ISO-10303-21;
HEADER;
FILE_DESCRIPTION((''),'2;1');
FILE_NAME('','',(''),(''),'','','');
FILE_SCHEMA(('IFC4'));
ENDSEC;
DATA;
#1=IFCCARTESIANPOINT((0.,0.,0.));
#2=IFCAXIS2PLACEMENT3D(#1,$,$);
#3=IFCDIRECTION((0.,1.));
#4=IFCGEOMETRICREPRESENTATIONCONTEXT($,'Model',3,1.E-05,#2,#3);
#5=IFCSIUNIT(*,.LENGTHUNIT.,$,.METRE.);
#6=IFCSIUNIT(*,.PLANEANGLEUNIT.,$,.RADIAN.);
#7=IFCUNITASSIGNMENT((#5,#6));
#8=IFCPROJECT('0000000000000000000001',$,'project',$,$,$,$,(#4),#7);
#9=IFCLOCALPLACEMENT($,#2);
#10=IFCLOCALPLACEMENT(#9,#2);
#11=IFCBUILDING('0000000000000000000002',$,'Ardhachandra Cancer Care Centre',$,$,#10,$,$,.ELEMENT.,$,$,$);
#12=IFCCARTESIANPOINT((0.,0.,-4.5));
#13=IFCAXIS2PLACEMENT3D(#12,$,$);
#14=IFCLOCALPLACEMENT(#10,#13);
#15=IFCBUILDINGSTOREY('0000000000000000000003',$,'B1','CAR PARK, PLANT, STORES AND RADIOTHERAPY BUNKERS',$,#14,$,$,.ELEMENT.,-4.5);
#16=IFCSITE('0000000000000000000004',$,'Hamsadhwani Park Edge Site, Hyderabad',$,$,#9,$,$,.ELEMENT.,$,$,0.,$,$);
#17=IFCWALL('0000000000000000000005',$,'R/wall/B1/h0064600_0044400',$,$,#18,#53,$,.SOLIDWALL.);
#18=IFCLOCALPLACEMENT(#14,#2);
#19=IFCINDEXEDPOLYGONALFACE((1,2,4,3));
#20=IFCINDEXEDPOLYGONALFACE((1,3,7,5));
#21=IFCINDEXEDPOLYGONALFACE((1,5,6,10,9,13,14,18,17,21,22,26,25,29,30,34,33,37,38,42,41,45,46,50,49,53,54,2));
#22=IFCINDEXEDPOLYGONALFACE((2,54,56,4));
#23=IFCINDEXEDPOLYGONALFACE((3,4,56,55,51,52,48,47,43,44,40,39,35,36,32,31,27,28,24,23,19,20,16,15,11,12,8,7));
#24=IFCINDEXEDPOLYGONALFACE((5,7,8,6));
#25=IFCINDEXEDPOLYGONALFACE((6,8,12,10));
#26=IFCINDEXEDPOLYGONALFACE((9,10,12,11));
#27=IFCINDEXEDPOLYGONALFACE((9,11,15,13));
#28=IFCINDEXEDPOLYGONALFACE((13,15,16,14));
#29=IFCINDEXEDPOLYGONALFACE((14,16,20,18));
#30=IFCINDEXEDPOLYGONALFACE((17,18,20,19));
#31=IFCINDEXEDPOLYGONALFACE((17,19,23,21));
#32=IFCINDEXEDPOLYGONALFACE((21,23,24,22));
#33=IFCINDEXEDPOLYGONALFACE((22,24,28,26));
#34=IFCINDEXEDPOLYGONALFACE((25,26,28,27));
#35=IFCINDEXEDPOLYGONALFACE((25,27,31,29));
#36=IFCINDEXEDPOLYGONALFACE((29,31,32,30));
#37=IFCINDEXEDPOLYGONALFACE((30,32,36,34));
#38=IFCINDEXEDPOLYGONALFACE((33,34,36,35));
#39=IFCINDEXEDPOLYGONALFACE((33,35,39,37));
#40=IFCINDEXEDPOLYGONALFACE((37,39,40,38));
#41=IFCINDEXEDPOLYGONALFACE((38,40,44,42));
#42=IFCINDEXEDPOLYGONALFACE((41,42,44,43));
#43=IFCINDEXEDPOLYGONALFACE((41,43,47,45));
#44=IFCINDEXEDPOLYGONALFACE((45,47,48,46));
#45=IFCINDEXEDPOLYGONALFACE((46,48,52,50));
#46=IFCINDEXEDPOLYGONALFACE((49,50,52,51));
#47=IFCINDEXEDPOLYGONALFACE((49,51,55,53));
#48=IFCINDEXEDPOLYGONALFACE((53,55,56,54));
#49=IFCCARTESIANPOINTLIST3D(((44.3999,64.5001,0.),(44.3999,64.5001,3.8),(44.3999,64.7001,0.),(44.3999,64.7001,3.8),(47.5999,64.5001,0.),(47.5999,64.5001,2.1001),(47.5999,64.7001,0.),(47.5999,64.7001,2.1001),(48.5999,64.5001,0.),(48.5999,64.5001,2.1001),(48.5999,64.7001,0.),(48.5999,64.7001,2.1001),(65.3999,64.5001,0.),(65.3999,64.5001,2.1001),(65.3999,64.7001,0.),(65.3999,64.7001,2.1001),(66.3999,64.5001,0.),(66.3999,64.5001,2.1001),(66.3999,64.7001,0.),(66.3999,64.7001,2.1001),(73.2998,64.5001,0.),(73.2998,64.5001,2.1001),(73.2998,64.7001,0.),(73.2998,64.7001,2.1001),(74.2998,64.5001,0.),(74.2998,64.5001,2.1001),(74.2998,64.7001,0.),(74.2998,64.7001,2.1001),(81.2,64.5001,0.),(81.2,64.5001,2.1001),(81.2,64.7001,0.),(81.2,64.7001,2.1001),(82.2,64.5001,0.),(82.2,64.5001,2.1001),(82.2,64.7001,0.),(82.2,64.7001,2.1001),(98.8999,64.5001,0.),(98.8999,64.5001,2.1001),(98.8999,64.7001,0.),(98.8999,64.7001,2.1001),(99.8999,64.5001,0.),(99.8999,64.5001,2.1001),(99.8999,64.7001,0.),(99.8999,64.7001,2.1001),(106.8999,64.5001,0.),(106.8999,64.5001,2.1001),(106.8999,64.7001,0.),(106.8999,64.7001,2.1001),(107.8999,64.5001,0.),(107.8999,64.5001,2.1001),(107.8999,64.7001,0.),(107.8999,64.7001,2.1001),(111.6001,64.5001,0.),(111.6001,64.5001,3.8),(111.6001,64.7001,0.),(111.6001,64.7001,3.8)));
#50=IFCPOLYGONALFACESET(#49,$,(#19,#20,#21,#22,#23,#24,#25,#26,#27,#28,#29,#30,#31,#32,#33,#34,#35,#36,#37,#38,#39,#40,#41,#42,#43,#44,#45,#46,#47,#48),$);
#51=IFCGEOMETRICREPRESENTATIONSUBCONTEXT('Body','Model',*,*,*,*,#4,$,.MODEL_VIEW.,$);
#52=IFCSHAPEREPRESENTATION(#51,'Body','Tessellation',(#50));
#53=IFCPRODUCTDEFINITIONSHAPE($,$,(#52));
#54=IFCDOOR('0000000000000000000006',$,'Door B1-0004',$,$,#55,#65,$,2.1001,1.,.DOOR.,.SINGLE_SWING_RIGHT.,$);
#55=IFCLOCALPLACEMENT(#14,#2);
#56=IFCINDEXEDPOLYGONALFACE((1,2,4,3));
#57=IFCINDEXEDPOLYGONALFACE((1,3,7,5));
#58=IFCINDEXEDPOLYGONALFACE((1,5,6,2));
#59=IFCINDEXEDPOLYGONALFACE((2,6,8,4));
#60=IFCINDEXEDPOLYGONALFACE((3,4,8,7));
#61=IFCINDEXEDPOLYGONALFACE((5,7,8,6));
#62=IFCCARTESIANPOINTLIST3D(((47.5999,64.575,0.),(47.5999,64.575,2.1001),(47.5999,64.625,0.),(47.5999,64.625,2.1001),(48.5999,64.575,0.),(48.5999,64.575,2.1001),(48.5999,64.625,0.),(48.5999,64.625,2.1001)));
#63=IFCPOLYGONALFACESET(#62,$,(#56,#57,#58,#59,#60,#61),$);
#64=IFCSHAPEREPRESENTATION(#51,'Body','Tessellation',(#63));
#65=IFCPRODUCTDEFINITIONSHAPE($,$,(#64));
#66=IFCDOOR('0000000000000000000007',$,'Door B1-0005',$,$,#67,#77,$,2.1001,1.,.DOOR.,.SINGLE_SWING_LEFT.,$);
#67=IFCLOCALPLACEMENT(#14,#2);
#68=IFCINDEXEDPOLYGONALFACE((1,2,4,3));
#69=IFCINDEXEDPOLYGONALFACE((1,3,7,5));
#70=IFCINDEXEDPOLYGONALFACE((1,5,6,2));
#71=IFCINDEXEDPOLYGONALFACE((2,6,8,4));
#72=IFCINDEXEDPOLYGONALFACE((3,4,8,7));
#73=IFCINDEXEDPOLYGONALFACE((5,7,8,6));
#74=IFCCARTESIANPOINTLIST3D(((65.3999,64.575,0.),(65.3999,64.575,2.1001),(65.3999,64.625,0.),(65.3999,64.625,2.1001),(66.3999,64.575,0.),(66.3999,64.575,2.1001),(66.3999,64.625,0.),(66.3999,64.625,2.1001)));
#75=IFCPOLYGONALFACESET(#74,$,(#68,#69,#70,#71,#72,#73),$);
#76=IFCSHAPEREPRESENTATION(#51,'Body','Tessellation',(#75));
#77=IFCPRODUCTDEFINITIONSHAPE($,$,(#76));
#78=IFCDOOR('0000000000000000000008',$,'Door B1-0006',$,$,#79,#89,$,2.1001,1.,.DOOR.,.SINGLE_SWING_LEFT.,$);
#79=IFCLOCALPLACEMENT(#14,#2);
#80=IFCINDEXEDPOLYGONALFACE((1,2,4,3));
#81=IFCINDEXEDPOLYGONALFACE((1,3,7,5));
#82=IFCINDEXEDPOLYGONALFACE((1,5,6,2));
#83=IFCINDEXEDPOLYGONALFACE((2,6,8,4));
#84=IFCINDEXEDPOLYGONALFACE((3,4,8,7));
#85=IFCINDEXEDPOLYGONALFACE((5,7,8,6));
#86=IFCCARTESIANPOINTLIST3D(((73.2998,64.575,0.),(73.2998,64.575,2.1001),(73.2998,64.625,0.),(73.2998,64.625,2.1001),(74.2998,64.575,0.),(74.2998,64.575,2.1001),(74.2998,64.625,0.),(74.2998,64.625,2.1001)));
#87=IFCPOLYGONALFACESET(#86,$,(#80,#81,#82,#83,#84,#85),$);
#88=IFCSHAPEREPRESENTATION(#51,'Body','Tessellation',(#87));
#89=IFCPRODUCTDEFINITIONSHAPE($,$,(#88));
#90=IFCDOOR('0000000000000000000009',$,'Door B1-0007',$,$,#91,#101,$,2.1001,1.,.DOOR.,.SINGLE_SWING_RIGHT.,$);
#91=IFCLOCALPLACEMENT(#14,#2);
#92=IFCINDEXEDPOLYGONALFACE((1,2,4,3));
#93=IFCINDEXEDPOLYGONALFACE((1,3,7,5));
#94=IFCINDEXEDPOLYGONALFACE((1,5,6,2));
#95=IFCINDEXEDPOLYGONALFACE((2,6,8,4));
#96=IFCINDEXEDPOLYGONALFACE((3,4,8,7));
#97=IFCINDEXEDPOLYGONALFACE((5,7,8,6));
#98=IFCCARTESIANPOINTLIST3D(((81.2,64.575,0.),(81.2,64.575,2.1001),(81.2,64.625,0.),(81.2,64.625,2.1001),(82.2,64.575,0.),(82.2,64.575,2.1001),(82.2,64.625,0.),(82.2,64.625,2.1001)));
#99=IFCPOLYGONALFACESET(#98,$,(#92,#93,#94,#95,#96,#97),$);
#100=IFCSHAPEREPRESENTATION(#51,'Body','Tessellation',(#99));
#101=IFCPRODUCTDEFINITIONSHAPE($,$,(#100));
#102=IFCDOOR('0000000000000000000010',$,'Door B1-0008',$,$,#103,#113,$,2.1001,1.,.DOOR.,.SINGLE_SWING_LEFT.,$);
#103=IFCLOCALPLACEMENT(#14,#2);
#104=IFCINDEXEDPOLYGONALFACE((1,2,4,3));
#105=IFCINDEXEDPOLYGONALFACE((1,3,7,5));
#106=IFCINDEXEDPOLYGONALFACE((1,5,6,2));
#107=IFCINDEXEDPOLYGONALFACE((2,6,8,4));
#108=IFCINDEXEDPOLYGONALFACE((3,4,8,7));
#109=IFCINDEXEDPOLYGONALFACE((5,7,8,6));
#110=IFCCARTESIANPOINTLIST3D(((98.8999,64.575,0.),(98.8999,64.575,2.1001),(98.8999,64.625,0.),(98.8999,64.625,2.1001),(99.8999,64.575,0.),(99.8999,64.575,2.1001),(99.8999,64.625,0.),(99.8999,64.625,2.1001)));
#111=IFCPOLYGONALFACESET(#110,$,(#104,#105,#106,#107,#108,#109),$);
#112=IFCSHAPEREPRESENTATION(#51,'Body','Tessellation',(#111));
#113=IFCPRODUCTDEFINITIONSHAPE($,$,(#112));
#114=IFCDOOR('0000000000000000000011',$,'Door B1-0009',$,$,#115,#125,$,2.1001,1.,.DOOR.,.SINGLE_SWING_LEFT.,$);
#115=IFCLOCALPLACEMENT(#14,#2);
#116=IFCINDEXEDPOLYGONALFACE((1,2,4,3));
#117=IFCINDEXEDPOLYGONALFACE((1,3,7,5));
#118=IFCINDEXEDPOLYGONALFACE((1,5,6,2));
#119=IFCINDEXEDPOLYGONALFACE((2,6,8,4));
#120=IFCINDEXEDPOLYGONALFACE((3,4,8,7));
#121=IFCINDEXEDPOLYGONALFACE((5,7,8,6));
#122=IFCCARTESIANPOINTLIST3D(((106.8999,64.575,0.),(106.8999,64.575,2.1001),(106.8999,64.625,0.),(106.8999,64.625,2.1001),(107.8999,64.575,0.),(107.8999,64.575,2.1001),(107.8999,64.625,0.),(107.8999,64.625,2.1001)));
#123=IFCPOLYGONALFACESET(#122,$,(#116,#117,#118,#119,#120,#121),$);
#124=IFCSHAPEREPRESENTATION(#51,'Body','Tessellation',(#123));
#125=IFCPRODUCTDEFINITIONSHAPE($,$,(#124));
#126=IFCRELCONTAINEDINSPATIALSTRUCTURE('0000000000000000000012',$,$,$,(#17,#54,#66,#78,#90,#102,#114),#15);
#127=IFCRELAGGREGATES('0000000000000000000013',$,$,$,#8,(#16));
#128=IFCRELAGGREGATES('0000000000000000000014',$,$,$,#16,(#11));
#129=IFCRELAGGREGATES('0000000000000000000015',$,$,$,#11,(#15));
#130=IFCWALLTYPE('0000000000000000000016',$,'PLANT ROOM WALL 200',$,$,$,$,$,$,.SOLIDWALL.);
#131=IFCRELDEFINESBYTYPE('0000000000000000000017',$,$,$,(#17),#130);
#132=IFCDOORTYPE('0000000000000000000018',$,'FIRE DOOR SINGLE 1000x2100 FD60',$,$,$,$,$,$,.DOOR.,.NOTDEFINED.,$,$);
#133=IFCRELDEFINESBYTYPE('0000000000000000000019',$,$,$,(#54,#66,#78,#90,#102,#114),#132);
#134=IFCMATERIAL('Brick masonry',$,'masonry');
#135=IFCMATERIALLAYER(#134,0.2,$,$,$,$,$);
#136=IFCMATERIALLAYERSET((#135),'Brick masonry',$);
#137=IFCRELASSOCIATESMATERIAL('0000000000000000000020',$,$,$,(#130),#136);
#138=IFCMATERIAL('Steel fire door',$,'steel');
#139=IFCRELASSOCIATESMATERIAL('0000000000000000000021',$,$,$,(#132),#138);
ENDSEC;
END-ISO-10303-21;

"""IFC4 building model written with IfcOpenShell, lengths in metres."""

from ifc_helpers import new_model, si_unit, direction, frame, frame_2d, origin, place, context, subcontext, project, spatial, rectangle, extrude, material, layer, layer_set, type_object, element, fill, save


model = new_model("IFC4")

# Units and contexts
model_context = context("Model", 3, precision=1e-05, world=origin(), true_north=direction((0.0, 1.0)))
body_context = subcontext(model_context, "Body", "Model", "MODEL_VIEW")
ifc_project = project(units=[si_unit("LENGTHUNIT", "METRE"), si_unit("PLANEANGLEUNIT", "RADIAN")], contexts=[model_context])

# Site, building, storey
site_placement = place(None, origin())
site = spatial("IfcSite", under=ifc_project, at=site_placement, Name="Hamsadhwani Park Edge Site, Hyderabad", CompositionType="ELEMENT", RefElevation=0.0)
building_placement = place(site_placement, origin())
building = spatial("IfcBuilding", under=site, at=building_placement, Name="Ardhachandra Cancer Care Centre", CompositionType="ELEMENT")
storey_placement = place(building_placement, frame((0.0, 0.0, -4.5)))
storey = spatial("IfcBuildingStorey", under=building, at=storey_placement, Name="B1", Description="CAR PARK, PLANT, STORES AND RADIOTHERAPY BUNKERS", CompositionType="ELEMENT", Elevation=-4.5)

# Wall, openings, doors
ifc_material_1 = material(Name="Brick masonry", Category="masonry")
ifc_layer = layer(ifc_material_1, 0.2)
ifc_layer_set = layer_set([ifc_layer], Name="Brick masonry")
wall_type = type_object("IfcWallType", Name="PLANT ROOM WALL 200", PredefinedType="SOLIDWALL", material=ifc_layer_set)
wall_placement = place(storey_placement, frame((44.3999, 64.6001, 0.0), z_axis=(0.0, 0.0, 1.0), x_axis=(1.0, 0.0, 0.0)))
wall = element("IfcWall", 1, at=wall_placement, inside=storey, type_object=wall_type, Name="R/wall/B1/h0064600_0044400", PredefinedType="SOLIDWALL", context=body_context, shape_type="SweptSolid", body=[
    extrude(rectangle(XDim=67.2002, YDim=0.2, at=frame_2d((33.6001, 0.0))), origin(), (0.0, 0.0, 1.0), 3.8),
])
opening_1_placement = place(wall_placement, frame((3.2, 0.0, 0.0)))
opening_1 = element("IfcOpeningElement", 2, at=opening_1_placement, cuts=wall, PredefinedType="OPENING", context=body_context, shape_type="SweptSolid", body=[
    extrude(rectangle(XDim=1.0, YDim=2.1001, at=frame_2d((0.5, 1.05))), frame((0.0, 0.1099, 0.0), z_axis=(0.0, -1.0, 0.0), x_axis=(1.0, 0.0, 0.0)), (0.0, 0.0, 1.0), 0.22),
])
opening_2_placement = place(wall_placement, frame((21.0, 0.0, 0.0)))
opening_2 = element("IfcOpeningElement", 3, at=opening_2_placement, cuts=wall, PredefinedType="OPENING", context=body_context, shape_type="SweptSolid", body=[
    extrude(rectangle(XDim=1.0, YDim=2.1001, at=frame_2d((0.5, 1.05))), frame((0.0, 0.1099, 0.0), z_axis=(0.0, -1.0, 0.0), x_axis=(1.0, 0.0, 0.0)), (0.0, 0.0, 1.0), 0.22),
])
opening_3_placement = place(wall_placement, frame((28.8999, 0.0, 0.0)))
opening_3 = element("IfcOpeningElement", 4, at=opening_3_placement, cuts=wall, PredefinedType="OPENING", context=body_context, shape_type="SweptSolid", body=[
    extrude(rectangle(XDim=1.0, YDim=2.1001, at=frame_2d((0.5, 1.05))), frame((0.0, 0.1099, 0.0), z_axis=(0.0, -1.0, 0.0), x_axis=(1.0, 0.0, 0.0)), (0.0, 0.0, 1.0), 0.22),
])
opening_4_placement = place(wall_placement, frame((36.8, 0.0, 0.0)))
opening_4 = element("IfcOpeningElement", 5, at=opening_4_placement, cuts=wall, PredefinedType="OPENING", context=body_context, shape_type="SweptSolid", body=[
    extrude(rectangle(XDim=1.0, YDim=2.1001, at=frame_2d((0.5, 1.05))), frame((0.0, 0.1099, 0.0), z_axis=(0.0, -1.0, 0.0), x_axis=(1.0, 0.0, 0.0)), (0.0, 0.0, 1.0), 0.22),
])
opening_5_placement = place(wall_placement, frame((54.5, 0.0, 0.0)))
opening_5 = element("IfcOpeningElement", 6, at=opening_5_placement, cuts=wall, PredefinedType="OPENING", context=body_context, shape_type="SweptSolid", body=[
    extrude(rectangle(XDim=1.0, YDim=2.1001, at=frame_2d((0.5, 1.05))), frame((0.0, 0.1099, 0.0), z_axis=(0.0, -1.0, 0.0), x_axis=(1.0, 0.0, 0.0)), (0.0, 0.0, 1.0), 0.22),
])
opening_6_placement = place(wall_placement, frame((62.5, 0.0, 0.0)))
opening_6 = element("IfcOpeningElement", 7, at=opening_6_placement, cuts=wall, PredefinedType="OPENING", context=body_context, shape_type="SweptSolid", body=[
    extrude(rectangle(XDim=1.0, YDim=2.1001, at=frame_2d((0.5, 1.05))), frame((0.0, 0.1099, 0.0), z_axis=(0.0, -1.0, 0.0), x_axis=(1.0, 0.0, 0.0)), (0.0, 0.0, 1.0), 0.22),
])
ifc_material_2 = material(Name="Steel fire door", Category="steel")
door_type = type_object("IfcDoorType", Name="FIRE DOOR SINGLE 1000x2100 FD60", OperationType="NOTDEFINED", PredefinedType="DOOR", material=ifc_material_2)
door_1_placement = place(opening_1_placement, origin())
door_1 = element("IfcDoor", 8, at=door_1_placement, inside=storey, type_object=door_type, Name="Door B1-0004", OperationType="SINGLE_SWING_RIGHT", OverallHeight=2.1001, OverallWidth=1.0, PredefinedType="DOOR", context=body_context, shape_type="SweptSolid", body=[
    extrude(rectangle(XDim=1.0, YDim=2.1001, at=frame_2d((0.5, 1.05))), frame((0.0, 0.0249, 0.0), z_axis=(0.0, -1.0, 0.0), x_axis=(1.0, 0.0, 0.0)), (0.0, 0.0, 1.0), 0.05),
])
fill(opening_1, door_1)
door_2_placement = place(opening_2_placement, origin())
door_2 = element("IfcDoor", 9, at=door_2_placement, inside=storey, type_object=door_type, Name="Door B1-0005", OperationType="SINGLE_SWING_LEFT", OverallHeight=2.1001, OverallWidth=1.0, PredefinedType="DOOR", context=body_context, shape_type="SweptSolid", body=[
    extrude(rectangle(XDim=1.0, YDim=2.1001, at=frame_2d((0.5, 1.05))), frame((0.0, 0.0249, 0.0), z_axis=(0.0, -1.0, 0.0), x_axis=(1.0, 0.0, 0.0)), (0.0, 0.0, 1.0), 0.05),
])
fill(opening_2, door_2)
door_3_placement = place(opening_3_placement, origin())
door_3 = element("IfcDoor", 10, at=door_3_placement, inside=storey, type_object=door_type, Name="Door B1-0006", OperationType="SINGLE_SWING_LEFT", OverallHeight=2.1001, OverallWidth=1.0, PredefinedType="DOOR", context=body_context, shape_type="SweptSolid", body=[
    extrude(rectangle(XDim=1.0, YDim=2.1001, at=frame_2d((0.5, 1.05))), frame((0.0, 0.0249, 0.0), z_axis=(0.0, -1.0, 0.0), x_axis=(1.0, 0.0, 0.0)), (0.0, 0.0, 1.0), 0.05),
])
fill(opening_3, door_3)
door_4_placement = place(opening_4_placement, origin())
door_4 = element("IfcDoor", 11, at=door_4_placement, inside=storey, type_object=door_type, Name="Door B1-0007", OperationType="SINGLE_SWING_RIGHT", OverallHeight=2.1001, OverallWidth=1.0, PredefinedType="DOOR", context=body_context, shape_type="SweptSolid", body=[
    extrude(rectangle(XDim=1.0, YDim=2.1001, at=frame_2d((0.5, 1.05))), frame((0.0, 0.0249, 0.0), z_axis=(0.0, -1.0, 0.0), x_axis=(1.0, 0.0, 0.0)), (0.0, 0.0, 1.0), 0.05),
])
fill(opening_4, door_4)
door_5_placement = place(opening_5_placement, origin())
door_5 = element("IfcDoor", 12, at=door_5_placement, inside=storey, type_object=door_type, Name="Door B1-0008", OperationType="SINGLE_SWING_LEFT", OverallHeight=2.1001, OverallWidth=1.0, PredefinedType="DOOR", context=body_context, shape_type="SweptSolid", body=[
    extrude(rectangle(XDim=1.0, YDim=2.1001, at=frame_2d((0.5, 1.05))), frame((0.0, 0.0249, 0.0), z_axis=(0.0, -1.0, 0.0), x_axis=(1.0, 0.0, 0.0)), (0.0, 0.0, 1.0), 0.05),
])
fill(opening_5, door_5)
door_6_placement = place(opening_6_placement, origin())
door_6 = element("IfcDoor", 13, at=door_6_placement, inside=storey, type_object=door_type, Name="Door B1-0009", OperationType="SINGLE_SWING_LEFT", OverallHeight=2.1001, OverallWidth=1.0, PredefinedType="DOOR", context=body_context, shape_type="SweptSolid", body=[
    extrude(rectangle(XDim=1.0, YDim=2.1001, at=frame_2d((0.5, 1.05))), frame((0.0, 0.0249, 0.0), z_axis=(0.0, -1.0, 0.0), x_axis=(1.0, 0.0, 0.0)), (0.0, 0.0, 1.0), 0.05),
])
fill(opening_6, door_6)

save(model, "model.ifc")
